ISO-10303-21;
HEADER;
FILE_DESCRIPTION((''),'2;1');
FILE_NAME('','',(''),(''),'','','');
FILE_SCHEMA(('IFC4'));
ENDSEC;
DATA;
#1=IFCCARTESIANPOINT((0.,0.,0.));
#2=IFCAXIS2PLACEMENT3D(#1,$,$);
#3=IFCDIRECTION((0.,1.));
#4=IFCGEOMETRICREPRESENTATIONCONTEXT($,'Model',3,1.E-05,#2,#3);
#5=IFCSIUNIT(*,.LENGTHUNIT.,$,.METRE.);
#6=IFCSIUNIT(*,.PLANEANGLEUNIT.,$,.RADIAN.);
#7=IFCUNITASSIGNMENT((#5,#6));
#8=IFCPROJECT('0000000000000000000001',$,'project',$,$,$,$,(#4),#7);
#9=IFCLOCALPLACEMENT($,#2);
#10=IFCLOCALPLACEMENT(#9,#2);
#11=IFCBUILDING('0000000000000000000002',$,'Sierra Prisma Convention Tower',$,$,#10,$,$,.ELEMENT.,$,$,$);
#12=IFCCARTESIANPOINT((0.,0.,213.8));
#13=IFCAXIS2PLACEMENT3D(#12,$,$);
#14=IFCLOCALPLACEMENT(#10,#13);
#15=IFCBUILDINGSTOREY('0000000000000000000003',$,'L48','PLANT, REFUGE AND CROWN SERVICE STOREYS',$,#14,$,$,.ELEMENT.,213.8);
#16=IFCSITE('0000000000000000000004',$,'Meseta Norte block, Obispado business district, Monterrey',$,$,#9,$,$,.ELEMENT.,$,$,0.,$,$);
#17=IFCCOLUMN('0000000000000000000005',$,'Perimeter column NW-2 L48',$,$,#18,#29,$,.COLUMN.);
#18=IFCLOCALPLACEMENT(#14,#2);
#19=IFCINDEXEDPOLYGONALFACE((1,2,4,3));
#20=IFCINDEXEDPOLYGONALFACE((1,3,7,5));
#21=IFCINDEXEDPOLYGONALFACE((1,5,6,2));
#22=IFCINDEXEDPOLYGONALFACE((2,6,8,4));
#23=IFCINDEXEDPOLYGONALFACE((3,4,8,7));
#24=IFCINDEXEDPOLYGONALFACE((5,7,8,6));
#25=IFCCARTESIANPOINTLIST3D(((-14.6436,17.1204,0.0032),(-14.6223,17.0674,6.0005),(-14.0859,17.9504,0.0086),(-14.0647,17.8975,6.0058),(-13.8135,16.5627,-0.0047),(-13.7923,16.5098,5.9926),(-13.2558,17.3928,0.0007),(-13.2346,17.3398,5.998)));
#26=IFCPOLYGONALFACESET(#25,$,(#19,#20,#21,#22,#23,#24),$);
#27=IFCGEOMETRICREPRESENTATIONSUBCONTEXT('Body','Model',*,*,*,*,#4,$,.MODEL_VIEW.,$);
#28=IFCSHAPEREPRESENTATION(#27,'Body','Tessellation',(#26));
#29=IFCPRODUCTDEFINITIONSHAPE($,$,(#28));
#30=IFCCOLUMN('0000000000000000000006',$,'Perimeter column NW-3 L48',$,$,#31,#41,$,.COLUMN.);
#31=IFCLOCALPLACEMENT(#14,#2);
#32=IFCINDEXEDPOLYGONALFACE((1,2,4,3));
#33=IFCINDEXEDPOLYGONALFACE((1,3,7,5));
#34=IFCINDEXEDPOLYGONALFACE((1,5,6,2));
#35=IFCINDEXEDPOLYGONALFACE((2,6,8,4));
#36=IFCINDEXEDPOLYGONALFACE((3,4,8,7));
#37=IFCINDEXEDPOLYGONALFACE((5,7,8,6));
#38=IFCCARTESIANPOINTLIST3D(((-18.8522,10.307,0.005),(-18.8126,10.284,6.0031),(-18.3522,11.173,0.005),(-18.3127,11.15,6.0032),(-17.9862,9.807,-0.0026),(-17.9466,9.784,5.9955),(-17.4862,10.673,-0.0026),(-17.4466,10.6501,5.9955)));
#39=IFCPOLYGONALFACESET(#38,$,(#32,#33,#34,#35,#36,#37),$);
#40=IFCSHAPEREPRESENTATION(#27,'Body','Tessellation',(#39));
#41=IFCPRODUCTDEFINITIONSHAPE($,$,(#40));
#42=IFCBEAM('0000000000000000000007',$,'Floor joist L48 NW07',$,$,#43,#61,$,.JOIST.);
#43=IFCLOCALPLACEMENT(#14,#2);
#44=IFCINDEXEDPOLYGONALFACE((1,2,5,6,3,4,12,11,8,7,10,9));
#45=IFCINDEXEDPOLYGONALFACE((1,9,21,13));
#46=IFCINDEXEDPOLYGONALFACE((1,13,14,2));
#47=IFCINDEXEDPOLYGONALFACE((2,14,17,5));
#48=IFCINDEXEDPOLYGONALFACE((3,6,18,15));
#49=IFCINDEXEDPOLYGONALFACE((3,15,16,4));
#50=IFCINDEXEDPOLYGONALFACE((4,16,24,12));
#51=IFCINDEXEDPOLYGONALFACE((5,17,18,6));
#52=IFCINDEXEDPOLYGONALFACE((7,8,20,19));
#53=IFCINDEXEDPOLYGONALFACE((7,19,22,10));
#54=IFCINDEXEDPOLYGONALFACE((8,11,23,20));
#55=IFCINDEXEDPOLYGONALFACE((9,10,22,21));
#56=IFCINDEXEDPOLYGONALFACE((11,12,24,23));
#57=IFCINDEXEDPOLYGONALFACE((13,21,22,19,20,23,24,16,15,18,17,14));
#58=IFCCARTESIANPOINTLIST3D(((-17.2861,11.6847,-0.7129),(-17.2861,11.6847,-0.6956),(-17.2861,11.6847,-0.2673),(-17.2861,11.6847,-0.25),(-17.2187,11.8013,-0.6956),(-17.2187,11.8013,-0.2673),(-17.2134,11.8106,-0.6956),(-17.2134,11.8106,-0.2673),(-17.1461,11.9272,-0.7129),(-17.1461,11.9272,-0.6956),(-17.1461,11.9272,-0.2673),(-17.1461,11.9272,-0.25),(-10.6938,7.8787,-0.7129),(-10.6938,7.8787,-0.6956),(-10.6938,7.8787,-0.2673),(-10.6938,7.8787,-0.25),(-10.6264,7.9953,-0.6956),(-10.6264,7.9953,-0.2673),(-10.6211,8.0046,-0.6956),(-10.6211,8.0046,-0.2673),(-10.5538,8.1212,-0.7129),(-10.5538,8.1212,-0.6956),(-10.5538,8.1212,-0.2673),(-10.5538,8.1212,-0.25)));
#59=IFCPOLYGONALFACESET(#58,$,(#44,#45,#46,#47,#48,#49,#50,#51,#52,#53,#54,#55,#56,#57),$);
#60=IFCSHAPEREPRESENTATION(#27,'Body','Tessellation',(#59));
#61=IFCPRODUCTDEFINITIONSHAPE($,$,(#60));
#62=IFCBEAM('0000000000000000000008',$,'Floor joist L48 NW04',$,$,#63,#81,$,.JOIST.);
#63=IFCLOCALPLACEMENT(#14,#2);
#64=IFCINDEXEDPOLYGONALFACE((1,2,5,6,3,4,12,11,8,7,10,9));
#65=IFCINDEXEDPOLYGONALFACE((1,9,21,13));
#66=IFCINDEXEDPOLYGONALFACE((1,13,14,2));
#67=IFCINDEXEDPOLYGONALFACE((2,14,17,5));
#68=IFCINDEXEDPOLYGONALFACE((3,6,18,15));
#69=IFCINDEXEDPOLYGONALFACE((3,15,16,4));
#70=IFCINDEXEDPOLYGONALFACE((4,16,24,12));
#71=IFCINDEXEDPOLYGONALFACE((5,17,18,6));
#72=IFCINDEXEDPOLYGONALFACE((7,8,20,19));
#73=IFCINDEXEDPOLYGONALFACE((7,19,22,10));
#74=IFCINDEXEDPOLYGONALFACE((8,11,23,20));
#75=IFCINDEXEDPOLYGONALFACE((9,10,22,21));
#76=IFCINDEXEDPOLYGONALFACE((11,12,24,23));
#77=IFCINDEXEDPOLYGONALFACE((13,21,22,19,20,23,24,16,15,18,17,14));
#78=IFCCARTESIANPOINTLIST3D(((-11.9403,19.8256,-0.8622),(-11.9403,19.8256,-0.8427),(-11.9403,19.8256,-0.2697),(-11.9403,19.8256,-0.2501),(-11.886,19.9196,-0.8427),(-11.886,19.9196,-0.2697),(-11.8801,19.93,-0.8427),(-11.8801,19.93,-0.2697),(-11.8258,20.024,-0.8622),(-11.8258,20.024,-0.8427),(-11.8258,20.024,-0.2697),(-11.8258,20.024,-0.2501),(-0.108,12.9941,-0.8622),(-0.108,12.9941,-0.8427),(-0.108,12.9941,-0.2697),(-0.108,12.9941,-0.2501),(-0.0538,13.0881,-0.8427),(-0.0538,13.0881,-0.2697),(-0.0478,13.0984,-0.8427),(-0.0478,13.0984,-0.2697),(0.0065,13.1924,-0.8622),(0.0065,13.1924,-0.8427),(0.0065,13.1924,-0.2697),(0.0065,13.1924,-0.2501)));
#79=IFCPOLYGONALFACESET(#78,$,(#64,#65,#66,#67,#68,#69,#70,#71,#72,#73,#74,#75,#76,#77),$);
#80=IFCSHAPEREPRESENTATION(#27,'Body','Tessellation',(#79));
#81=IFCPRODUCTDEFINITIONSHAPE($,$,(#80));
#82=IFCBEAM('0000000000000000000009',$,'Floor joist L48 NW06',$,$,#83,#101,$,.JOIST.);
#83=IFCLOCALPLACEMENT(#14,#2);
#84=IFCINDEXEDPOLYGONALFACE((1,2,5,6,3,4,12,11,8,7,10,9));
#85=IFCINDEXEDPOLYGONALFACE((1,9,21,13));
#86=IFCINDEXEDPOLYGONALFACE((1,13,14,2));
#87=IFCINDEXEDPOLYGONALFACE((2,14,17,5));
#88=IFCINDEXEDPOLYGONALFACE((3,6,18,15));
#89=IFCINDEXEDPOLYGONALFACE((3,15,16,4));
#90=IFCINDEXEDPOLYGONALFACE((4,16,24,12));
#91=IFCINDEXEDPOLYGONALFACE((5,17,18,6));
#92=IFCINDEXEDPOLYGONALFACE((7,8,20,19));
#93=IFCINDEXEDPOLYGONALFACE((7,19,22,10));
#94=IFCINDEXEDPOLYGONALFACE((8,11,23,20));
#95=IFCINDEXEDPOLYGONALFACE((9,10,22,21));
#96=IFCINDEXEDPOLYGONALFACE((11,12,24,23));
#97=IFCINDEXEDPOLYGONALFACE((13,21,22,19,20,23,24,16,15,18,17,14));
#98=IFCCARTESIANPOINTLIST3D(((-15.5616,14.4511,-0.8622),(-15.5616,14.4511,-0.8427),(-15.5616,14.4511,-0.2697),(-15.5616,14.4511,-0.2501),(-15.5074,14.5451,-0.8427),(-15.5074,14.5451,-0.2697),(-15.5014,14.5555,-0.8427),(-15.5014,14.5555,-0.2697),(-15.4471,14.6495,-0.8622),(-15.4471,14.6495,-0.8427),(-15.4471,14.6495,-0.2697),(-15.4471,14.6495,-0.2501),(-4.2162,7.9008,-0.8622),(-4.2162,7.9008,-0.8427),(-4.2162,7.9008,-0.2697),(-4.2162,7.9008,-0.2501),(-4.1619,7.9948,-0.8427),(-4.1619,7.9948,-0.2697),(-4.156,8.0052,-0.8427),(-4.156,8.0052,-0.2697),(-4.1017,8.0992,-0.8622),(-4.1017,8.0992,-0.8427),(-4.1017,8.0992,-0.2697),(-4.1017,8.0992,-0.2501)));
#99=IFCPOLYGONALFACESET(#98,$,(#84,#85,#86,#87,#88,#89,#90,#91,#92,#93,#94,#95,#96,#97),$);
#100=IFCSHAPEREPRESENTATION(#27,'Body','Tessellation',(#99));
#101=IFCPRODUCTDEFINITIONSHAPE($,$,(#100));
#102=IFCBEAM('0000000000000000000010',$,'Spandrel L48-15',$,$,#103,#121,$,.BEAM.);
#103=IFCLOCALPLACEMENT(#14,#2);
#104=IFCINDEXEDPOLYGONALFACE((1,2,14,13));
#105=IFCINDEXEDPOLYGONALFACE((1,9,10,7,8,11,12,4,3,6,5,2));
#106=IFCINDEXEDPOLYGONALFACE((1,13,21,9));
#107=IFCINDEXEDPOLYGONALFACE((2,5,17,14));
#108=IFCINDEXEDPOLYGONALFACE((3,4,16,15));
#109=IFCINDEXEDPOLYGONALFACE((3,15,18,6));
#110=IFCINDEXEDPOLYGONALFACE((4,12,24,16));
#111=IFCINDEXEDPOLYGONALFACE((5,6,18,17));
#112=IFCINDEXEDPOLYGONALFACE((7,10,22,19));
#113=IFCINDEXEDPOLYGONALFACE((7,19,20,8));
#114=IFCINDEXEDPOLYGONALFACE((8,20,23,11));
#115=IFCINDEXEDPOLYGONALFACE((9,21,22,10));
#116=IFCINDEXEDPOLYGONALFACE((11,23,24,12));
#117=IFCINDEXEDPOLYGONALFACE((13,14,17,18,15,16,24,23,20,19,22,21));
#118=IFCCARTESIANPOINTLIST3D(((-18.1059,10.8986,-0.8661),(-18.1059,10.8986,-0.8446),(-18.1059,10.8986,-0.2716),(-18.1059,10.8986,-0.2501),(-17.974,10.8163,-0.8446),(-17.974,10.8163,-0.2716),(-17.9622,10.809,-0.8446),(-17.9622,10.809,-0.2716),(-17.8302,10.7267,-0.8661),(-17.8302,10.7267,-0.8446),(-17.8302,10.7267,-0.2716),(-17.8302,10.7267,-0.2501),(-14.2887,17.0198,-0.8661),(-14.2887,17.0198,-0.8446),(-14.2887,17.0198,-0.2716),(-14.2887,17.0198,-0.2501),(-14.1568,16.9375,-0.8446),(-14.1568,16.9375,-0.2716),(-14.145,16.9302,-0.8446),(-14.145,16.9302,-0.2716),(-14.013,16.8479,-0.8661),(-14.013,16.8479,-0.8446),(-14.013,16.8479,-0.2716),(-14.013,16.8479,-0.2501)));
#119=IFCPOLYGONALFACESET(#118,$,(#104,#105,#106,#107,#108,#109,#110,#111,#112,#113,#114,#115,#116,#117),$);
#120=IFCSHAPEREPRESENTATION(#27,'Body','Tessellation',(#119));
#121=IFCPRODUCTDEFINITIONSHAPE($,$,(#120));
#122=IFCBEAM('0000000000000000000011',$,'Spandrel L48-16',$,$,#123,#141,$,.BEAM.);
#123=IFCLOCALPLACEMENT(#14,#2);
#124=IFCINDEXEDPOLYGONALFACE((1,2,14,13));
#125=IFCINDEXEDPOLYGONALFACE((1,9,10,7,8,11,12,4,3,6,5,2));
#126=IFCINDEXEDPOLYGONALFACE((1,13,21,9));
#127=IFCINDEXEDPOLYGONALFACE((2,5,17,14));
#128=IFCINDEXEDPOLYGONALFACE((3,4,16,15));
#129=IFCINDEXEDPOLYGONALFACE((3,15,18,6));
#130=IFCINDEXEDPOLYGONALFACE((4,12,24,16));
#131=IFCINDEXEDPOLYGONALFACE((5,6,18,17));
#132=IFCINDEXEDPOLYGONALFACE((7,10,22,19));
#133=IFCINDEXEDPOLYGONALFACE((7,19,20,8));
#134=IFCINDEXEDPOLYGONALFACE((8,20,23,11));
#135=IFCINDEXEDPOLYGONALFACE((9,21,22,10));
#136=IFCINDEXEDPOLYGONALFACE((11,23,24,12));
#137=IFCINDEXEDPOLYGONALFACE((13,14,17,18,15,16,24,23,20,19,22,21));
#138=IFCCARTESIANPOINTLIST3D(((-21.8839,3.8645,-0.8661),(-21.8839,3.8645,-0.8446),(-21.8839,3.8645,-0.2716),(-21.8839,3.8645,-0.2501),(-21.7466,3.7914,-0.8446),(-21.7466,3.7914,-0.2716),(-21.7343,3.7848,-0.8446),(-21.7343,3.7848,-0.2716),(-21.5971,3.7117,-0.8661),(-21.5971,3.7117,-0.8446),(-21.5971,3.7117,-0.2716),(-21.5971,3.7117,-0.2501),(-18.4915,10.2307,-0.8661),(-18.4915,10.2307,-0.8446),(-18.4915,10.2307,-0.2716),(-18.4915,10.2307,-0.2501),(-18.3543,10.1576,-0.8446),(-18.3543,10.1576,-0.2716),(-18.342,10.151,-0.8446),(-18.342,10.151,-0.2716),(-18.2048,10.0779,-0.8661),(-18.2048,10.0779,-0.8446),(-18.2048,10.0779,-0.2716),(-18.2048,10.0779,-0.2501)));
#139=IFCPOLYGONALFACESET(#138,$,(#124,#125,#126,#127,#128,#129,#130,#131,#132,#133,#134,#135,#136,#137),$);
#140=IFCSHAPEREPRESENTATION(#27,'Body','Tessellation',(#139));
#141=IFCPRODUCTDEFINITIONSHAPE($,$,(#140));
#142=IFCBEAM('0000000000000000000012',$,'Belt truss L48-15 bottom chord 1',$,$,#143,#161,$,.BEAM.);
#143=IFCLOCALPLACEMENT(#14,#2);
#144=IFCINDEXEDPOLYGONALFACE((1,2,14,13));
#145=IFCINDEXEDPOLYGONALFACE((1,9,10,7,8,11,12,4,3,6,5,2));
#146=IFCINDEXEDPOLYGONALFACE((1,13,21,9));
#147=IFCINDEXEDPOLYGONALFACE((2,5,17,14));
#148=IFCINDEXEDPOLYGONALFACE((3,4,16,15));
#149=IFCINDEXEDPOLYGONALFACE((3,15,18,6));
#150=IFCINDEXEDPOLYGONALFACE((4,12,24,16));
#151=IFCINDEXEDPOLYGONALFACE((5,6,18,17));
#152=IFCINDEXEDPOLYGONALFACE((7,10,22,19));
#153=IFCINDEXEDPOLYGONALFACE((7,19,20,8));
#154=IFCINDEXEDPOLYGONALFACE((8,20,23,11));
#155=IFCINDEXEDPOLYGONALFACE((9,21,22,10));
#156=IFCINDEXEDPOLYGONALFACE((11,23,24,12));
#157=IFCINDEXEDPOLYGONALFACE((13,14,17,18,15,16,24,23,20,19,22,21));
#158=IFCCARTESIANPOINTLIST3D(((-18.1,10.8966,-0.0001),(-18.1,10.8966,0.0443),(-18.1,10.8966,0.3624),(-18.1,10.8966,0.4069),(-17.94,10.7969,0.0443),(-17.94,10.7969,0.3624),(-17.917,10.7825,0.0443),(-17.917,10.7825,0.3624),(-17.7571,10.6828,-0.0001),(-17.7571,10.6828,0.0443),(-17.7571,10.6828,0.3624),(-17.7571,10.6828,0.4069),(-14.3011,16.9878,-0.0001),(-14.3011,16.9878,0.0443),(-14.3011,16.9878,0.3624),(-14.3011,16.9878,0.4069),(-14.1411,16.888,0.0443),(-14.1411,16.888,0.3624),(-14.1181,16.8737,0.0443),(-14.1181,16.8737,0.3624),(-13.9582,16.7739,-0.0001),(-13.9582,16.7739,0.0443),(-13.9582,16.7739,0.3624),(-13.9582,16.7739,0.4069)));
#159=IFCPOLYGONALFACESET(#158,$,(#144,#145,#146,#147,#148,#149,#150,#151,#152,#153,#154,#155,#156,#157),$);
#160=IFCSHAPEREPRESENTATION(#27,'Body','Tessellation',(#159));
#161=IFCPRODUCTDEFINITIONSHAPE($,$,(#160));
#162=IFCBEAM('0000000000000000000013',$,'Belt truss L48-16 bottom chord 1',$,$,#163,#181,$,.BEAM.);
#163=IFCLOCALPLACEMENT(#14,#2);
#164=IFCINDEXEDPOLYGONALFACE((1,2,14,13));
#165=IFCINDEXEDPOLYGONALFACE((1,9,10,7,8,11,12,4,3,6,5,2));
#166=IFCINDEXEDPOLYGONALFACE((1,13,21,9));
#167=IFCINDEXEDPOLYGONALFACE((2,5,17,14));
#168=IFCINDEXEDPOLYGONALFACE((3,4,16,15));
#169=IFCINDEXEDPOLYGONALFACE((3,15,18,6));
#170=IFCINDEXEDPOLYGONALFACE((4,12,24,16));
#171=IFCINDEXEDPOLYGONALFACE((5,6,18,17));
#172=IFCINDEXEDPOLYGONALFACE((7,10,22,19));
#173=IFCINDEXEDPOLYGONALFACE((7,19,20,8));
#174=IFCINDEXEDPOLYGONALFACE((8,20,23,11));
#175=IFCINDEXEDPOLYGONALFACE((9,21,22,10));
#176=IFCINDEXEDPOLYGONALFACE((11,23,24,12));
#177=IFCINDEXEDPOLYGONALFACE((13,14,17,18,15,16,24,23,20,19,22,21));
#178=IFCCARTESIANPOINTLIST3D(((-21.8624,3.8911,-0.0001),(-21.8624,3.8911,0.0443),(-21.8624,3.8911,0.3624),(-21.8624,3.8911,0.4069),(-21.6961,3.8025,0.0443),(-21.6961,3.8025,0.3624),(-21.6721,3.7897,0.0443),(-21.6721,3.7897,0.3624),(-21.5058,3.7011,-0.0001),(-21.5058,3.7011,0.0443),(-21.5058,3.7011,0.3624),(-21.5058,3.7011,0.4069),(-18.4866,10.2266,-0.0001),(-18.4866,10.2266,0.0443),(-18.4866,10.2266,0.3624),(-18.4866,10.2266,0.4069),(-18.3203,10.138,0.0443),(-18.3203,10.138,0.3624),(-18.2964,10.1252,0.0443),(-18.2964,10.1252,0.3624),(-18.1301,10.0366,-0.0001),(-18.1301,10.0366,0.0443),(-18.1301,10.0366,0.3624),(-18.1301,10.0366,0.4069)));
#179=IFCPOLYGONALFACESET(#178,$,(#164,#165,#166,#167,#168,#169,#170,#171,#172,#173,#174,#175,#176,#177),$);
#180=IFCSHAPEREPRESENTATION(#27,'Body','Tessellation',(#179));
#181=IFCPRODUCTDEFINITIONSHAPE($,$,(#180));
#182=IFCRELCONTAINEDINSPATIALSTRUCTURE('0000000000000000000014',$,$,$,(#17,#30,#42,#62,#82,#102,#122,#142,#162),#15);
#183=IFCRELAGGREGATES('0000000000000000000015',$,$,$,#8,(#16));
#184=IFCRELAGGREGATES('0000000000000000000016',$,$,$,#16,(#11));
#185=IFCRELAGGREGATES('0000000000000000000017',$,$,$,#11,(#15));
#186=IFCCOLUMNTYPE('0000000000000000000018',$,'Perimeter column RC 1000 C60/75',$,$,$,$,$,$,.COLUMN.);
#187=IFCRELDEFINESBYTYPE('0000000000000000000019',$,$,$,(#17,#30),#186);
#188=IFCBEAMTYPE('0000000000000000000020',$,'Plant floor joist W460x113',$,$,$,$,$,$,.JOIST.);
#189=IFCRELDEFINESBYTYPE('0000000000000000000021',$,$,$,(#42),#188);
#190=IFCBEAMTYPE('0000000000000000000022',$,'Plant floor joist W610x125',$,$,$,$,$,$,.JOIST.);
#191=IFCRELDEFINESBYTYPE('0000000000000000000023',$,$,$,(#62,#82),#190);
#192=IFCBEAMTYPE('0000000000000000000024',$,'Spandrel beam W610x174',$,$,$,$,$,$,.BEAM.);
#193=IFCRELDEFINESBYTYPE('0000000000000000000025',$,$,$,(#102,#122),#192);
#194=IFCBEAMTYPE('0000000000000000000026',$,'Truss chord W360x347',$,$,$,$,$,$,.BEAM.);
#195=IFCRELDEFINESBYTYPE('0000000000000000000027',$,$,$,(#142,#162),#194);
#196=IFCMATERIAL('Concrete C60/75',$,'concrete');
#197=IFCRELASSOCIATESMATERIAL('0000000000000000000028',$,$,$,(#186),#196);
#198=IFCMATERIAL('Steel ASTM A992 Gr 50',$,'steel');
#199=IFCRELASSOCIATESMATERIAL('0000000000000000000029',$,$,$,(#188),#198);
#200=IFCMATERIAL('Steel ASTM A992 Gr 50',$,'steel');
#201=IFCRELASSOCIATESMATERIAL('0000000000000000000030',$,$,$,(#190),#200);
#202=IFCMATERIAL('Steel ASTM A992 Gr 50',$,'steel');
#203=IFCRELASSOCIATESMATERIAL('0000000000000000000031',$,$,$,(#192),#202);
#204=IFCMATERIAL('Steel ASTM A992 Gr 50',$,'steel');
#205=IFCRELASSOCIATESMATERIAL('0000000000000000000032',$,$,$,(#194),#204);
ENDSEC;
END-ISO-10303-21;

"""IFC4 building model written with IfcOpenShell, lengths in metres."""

from ifc_helpers import new_model, si_unit, direction, frame, origin, origin_2d, place, context, subcontext, project, spatial, rectangle, i_section, extrude, clip, halfspace, material, material_profile, profile_set, type_object, element, save


model = new_model("IFC4")

# Units and contexts
model_context = context("Model", 3, precision=1e-05, world=origin(), true_north=direction((0.0, 1.0)))
body_context = subcontext(model_context, "Body", "Model", "MODEL_VIEW")
ifc_project = project(units=[si_unit("LENGTHUNIT", "METRE"), si_unit("PLANEANGLEUNIT", "RADIAN")], contexts=[model_context])

# Site, building, storey
site_placement = place(None, origin())
site = spatial("IfcSite", under=ifc_project, at=site_placement, Name="Meseta Norte block, Obispado business district, Monterrey", CompositionType="ELEMENT", RefElevation=0.0)
building_placement = place(site_placement, origin())
building = spatial("IfcBuilding", under=site, at=building_placement, Name="Sierra Prisma Convention Tower", CompositionType="ELEMENT")
storey_placement = place(building_placement, frame((0.0, 0.0, 213.8)))
storey = spatial("IfcBuildingStorey", under=building, at=storey_placement, Name="L48", Description="PLANT, REFUGE AND CROWN SERVICE STOREYS", CompositionType="ELEMENT", Elevation=213.8)

# Columns
ifc_material_1 = material(Name="Concrete C60/75", Category="concrete")
ifc_material_profile_1 = material_profile(ifc_material_1, rectangle(XDim=1.0, YDim=1.0, at=origin_2d()), Name="Perimeter column RC 1000 C60/75")
ifc_profile_set_1 = profile_set([ifc_material_profile_1], Name="Concrete C60/75")
column_type = type_object("IfcColumnType", Name="Perimeter column RC 1000 C60/75", PredefinedType="COLUMN", material=ifc_profile_set_1)
column_1_placement = place(storey_placement, frame((-13.9497, 17.2566, 0.0), z_axis=(0.00354, -0.008829, 0.999955), x_axis=(0.557684, 0.830036, 0.005355)))
element("IfcColumn", 1, at=column_1_placement, inside=storey, type_object=column_type, Name="Perimeter column NW-2 L48", PredefinedType="COLUMN", context=body_context, shape_type="SweptSolid", body=[
    clip(clip(extrude(rectangle(XDim=1.0, YDim=1.0, at=origin_2d()), origin(), (0.0, 0.0, 1.0), 6.0002), halfspace(frame((0.0, 0.0, 0.002)), True)), halfspace(frame((0.0, 0.0, 5.9995)), False)),
])
column_2_placement = place(storey_placement, frame((-18.1692, 10.49, 0.0), z_axis=(0.006592, -0.003825, 0.999971), x_axis=(0.499989, 0.866032, 0.000017)))
element("IfcColumn", 2, at=column_2_placement, inside=storey, type_object=column_type, Name="Perimeter column NW-3 L48", PredefinedType="COLUMN", context=body_context, shape_type="SweptSolid", body=[
    clip(clip(extrude(rectangle(XDim=1.0, YDim=1.0, at=origin_2d()), origin(), (0.0, 0.0, 1.0), 6.0002), halfspace(frame((0.0, 0.0, 0.0012)), True)), halfspace(frame((0.0, 0.0, 5.9995)), False)),
])

# Beams
ifc_material_2 = material(Name="Steel ASTM A992 Gr 50", Category="steel")
ifc_material_profile_2 = material_profile(ifc_material_2, i_section(OverallWidth=0.28, OverallDepth=0.4629, WebThickness=0.0107, FlangeThickness=0.0173, at=origin_2d()), Name="W460x113")
ifc_profile_set_2 = profile_set([ifc_material_profile_2], Name="Steel ASTM A992 Gr 50")
beam_type_1 = type_object("IfcBeamType", Name="Plant floor joist W460x113", PredefinedType="JOIST", material=ifc_profile_set_2)
beam_1_placement = place(storey_placement, frame((-17.2161, 11.8059, -0.4814), z_axis=(0.866034, -0.499985, 0.0), x_axis=(0.499985, 0.866034, 0.0)))
element("IfcBeam", 3, at=beam_1_placement, inside=storey, type_object=beam_type_1, Name="Floor joist L48 NW07", PredefinedType="JOIST", context=body_context, shape_type="SweptSolid", body=[
    extrude(i_section(OverallWidth=0.28, OverallDepth=0.4629, WebThickness=0.0107, FlangeThickness=0.0173, at=origin_2d()), origin(), (0.0, 0.0, 1.0), 7.6121),
])
ifc_material_3 = material(Name="Steel ASTM A992 Gr 50", Category="steel")
ifc_material_profile_3 = material_profile(ifc_material_3, i_section(OverallWidth=0.229, OverallDepth=0.6121, WebThickness=0.012, FlangeThickness=0.0195, at=origin_2d()), Name="W610x125")
ifc_profile_set_3 = profile_set([ifc_material_profile_3], Name="Steel ASTM A992 Gr 50")
beam_type_2 = type_object("IfcBeamType", Name="Plant floor joist W610x125", PredefinedType="JOIST", material=ifc_profile_set_3)
beam_2_placement = place(storey_placement, frame((-11.8831, 19.9248, -0.5562), z_axis=(0.86602, -0.50001, 0.0), x_axis=(0.50001, 0.86602, 0.0)))
element("IfcBeam", 4, at=beam_2_placement, inside=storey, type_object=beam_type_2, Name="Floor joist L48 NW04", PredefinedType="JOIST", context=body_context, shape_type="SweptSolid", body=[
    extrude(i_section(OverallWidth=0.229, OverallDepth=0.6121, WebThickness=0.012, FlangeThickness=0.0195, at=origin_2d()), origin(), (0.0, 0.0, 1.0), 13.6628),
])
beam_3_placement = place(storey_placement, frame((-15.5044, 14.5503, -0.5562), z_axis=(0.866026, -0.499999, 0.0), x_axis=(0.499999, 0.866026, 0.0)))
element("IfcBeam", 5, at=beam_3_placement, inside=storey, type_object=beam_type_2, Name="Floor joist L48 NW06", PredefinedType="JOIST", context=body_context, shape_type="SweptSolid", body=[
    extrude(i_section(OverallWidth=0.229, OverallDepth=0.6121, WebThickness=0.012, FlangeThickness=0.0195, at=origin_2d()), origin(), (0.0, 0.0, 1.0), 13.1006),
])
ifc_material_4 = material(Name="Steel ASTM A992 Gr 50", Category="steel")
ifc_material_profile_4 = material_profile(ifc_material_4, i_section(OverallWidth=0.325, OverallDepth=0.616, WebThickness=0.0139, FlangeThickness=0.0215, at=origin_2d()), Name="W610x174")
ifc_profile_set_4 = profile_set([ifc_material_profile_4], Name="Steel ASTM A992 Gr 50")
beam_type_3 = type_object("IfcBeamType", Name="Spandrel beam W610x174", PredefinedType="BEAM", material=ifc_profile_set_4)
beam_4_placement = place(storey_placement, frame((-14.1509, 16.9338, -0.5581), z_axis=(-0.529147, -0.84853, 0.0), x_axis=(0.84853, -0.529147, 0.0)))
element("IfcBeam", 6, at=beam_4_placement, inside=storey, type_object=beam_type_3, Name="Spandrel L48-15", PredefinedType="BEAM", context=body_context, shape_type="SweptSolid", body=[
    extrude(i_section(OverallWidth=0.325, OverallDepth=0.616, WebThickness=0.0139, FlangeThickness=0.0215, at=origin_2d()), origin(), (0.0, 0.0, 1.0), 7.2139),
])
beam_5_placement = place(storey_placement, frame((-18.3481, 10.1543, -0.5581), z_axis=(-0.470267, -0.882524, 0.0), x_axis=(0.882524, -0.470267, 0.0)))
element("IfcBeam", 7, at=beam_5_placement, inside=storey, type_object=beam_type_3, Name="Spandrel L48-16", PredefinedType="BEAM", context=body_context, shape_type="SweptSolid", body=[
    extrude(i_section(OverallWidth=0.325, OverallDepth=0.616, WebThickness=0.0139, FlangeThickness=0.0215, at=origin_2d()), origin(), (0.0, 0.0, 1.0), 7.2136),
])
ifc_material_5 = material(Name="Steel ASTM A992 Gr 50", Category="steel")
ifc_material_profile_5 = material_profile(ifc_material_5, i_section(OverallWidth=0.4041, OverallDepth=0.407, WebThickness=0.0271, FlangeThickness=0.0444, at=origin_2d()), Name="W360x347")
ifc_profile_set_5 = profile_set([ifc_material_profile_5], Name="Steel ASTM A992 Gr 50")
beam_type_4 = type_object("IfcBeamType", Name="Truss chord W360x347", PredefinedType="BEAM", material=ifc_profile_set_5)
for number, where, z_axis, x_axis, name in (
    (8, (-14.1296, 16.8809, 0.2034), (-0.529189, -0.848504, 0.0), (0.848504, -0.529189, 0.0), "Belt truss L48-15 bottom chord 1"),
    (9, (-18.3083, 10.1316, 0.2034), (-0.470244, -0.882536, 0.0), (0.882536, -0.470244, 0.0), "Belt truss L48-16 bottom chord 1"),
):
    element("IfcBeam", number, at=place(storey_placement, frame(where, z_axis=z_axis, x_axis=x_axis)), inside=storey, type_object=beam_type_4, Name=name, PredefinedType="BEAM", context=body_context, shape_type="SweptSolid", body=[
        extrude(i_section(OverallWidth=0.4041, OverallDepth=0.407, WebThickness=0.0271, FlangeThickness=0.0444, at=origin_2d()), origin(), (0.0, 0.0, 1.0), 7.1787),
    ])

save(model, "model.ifc")
